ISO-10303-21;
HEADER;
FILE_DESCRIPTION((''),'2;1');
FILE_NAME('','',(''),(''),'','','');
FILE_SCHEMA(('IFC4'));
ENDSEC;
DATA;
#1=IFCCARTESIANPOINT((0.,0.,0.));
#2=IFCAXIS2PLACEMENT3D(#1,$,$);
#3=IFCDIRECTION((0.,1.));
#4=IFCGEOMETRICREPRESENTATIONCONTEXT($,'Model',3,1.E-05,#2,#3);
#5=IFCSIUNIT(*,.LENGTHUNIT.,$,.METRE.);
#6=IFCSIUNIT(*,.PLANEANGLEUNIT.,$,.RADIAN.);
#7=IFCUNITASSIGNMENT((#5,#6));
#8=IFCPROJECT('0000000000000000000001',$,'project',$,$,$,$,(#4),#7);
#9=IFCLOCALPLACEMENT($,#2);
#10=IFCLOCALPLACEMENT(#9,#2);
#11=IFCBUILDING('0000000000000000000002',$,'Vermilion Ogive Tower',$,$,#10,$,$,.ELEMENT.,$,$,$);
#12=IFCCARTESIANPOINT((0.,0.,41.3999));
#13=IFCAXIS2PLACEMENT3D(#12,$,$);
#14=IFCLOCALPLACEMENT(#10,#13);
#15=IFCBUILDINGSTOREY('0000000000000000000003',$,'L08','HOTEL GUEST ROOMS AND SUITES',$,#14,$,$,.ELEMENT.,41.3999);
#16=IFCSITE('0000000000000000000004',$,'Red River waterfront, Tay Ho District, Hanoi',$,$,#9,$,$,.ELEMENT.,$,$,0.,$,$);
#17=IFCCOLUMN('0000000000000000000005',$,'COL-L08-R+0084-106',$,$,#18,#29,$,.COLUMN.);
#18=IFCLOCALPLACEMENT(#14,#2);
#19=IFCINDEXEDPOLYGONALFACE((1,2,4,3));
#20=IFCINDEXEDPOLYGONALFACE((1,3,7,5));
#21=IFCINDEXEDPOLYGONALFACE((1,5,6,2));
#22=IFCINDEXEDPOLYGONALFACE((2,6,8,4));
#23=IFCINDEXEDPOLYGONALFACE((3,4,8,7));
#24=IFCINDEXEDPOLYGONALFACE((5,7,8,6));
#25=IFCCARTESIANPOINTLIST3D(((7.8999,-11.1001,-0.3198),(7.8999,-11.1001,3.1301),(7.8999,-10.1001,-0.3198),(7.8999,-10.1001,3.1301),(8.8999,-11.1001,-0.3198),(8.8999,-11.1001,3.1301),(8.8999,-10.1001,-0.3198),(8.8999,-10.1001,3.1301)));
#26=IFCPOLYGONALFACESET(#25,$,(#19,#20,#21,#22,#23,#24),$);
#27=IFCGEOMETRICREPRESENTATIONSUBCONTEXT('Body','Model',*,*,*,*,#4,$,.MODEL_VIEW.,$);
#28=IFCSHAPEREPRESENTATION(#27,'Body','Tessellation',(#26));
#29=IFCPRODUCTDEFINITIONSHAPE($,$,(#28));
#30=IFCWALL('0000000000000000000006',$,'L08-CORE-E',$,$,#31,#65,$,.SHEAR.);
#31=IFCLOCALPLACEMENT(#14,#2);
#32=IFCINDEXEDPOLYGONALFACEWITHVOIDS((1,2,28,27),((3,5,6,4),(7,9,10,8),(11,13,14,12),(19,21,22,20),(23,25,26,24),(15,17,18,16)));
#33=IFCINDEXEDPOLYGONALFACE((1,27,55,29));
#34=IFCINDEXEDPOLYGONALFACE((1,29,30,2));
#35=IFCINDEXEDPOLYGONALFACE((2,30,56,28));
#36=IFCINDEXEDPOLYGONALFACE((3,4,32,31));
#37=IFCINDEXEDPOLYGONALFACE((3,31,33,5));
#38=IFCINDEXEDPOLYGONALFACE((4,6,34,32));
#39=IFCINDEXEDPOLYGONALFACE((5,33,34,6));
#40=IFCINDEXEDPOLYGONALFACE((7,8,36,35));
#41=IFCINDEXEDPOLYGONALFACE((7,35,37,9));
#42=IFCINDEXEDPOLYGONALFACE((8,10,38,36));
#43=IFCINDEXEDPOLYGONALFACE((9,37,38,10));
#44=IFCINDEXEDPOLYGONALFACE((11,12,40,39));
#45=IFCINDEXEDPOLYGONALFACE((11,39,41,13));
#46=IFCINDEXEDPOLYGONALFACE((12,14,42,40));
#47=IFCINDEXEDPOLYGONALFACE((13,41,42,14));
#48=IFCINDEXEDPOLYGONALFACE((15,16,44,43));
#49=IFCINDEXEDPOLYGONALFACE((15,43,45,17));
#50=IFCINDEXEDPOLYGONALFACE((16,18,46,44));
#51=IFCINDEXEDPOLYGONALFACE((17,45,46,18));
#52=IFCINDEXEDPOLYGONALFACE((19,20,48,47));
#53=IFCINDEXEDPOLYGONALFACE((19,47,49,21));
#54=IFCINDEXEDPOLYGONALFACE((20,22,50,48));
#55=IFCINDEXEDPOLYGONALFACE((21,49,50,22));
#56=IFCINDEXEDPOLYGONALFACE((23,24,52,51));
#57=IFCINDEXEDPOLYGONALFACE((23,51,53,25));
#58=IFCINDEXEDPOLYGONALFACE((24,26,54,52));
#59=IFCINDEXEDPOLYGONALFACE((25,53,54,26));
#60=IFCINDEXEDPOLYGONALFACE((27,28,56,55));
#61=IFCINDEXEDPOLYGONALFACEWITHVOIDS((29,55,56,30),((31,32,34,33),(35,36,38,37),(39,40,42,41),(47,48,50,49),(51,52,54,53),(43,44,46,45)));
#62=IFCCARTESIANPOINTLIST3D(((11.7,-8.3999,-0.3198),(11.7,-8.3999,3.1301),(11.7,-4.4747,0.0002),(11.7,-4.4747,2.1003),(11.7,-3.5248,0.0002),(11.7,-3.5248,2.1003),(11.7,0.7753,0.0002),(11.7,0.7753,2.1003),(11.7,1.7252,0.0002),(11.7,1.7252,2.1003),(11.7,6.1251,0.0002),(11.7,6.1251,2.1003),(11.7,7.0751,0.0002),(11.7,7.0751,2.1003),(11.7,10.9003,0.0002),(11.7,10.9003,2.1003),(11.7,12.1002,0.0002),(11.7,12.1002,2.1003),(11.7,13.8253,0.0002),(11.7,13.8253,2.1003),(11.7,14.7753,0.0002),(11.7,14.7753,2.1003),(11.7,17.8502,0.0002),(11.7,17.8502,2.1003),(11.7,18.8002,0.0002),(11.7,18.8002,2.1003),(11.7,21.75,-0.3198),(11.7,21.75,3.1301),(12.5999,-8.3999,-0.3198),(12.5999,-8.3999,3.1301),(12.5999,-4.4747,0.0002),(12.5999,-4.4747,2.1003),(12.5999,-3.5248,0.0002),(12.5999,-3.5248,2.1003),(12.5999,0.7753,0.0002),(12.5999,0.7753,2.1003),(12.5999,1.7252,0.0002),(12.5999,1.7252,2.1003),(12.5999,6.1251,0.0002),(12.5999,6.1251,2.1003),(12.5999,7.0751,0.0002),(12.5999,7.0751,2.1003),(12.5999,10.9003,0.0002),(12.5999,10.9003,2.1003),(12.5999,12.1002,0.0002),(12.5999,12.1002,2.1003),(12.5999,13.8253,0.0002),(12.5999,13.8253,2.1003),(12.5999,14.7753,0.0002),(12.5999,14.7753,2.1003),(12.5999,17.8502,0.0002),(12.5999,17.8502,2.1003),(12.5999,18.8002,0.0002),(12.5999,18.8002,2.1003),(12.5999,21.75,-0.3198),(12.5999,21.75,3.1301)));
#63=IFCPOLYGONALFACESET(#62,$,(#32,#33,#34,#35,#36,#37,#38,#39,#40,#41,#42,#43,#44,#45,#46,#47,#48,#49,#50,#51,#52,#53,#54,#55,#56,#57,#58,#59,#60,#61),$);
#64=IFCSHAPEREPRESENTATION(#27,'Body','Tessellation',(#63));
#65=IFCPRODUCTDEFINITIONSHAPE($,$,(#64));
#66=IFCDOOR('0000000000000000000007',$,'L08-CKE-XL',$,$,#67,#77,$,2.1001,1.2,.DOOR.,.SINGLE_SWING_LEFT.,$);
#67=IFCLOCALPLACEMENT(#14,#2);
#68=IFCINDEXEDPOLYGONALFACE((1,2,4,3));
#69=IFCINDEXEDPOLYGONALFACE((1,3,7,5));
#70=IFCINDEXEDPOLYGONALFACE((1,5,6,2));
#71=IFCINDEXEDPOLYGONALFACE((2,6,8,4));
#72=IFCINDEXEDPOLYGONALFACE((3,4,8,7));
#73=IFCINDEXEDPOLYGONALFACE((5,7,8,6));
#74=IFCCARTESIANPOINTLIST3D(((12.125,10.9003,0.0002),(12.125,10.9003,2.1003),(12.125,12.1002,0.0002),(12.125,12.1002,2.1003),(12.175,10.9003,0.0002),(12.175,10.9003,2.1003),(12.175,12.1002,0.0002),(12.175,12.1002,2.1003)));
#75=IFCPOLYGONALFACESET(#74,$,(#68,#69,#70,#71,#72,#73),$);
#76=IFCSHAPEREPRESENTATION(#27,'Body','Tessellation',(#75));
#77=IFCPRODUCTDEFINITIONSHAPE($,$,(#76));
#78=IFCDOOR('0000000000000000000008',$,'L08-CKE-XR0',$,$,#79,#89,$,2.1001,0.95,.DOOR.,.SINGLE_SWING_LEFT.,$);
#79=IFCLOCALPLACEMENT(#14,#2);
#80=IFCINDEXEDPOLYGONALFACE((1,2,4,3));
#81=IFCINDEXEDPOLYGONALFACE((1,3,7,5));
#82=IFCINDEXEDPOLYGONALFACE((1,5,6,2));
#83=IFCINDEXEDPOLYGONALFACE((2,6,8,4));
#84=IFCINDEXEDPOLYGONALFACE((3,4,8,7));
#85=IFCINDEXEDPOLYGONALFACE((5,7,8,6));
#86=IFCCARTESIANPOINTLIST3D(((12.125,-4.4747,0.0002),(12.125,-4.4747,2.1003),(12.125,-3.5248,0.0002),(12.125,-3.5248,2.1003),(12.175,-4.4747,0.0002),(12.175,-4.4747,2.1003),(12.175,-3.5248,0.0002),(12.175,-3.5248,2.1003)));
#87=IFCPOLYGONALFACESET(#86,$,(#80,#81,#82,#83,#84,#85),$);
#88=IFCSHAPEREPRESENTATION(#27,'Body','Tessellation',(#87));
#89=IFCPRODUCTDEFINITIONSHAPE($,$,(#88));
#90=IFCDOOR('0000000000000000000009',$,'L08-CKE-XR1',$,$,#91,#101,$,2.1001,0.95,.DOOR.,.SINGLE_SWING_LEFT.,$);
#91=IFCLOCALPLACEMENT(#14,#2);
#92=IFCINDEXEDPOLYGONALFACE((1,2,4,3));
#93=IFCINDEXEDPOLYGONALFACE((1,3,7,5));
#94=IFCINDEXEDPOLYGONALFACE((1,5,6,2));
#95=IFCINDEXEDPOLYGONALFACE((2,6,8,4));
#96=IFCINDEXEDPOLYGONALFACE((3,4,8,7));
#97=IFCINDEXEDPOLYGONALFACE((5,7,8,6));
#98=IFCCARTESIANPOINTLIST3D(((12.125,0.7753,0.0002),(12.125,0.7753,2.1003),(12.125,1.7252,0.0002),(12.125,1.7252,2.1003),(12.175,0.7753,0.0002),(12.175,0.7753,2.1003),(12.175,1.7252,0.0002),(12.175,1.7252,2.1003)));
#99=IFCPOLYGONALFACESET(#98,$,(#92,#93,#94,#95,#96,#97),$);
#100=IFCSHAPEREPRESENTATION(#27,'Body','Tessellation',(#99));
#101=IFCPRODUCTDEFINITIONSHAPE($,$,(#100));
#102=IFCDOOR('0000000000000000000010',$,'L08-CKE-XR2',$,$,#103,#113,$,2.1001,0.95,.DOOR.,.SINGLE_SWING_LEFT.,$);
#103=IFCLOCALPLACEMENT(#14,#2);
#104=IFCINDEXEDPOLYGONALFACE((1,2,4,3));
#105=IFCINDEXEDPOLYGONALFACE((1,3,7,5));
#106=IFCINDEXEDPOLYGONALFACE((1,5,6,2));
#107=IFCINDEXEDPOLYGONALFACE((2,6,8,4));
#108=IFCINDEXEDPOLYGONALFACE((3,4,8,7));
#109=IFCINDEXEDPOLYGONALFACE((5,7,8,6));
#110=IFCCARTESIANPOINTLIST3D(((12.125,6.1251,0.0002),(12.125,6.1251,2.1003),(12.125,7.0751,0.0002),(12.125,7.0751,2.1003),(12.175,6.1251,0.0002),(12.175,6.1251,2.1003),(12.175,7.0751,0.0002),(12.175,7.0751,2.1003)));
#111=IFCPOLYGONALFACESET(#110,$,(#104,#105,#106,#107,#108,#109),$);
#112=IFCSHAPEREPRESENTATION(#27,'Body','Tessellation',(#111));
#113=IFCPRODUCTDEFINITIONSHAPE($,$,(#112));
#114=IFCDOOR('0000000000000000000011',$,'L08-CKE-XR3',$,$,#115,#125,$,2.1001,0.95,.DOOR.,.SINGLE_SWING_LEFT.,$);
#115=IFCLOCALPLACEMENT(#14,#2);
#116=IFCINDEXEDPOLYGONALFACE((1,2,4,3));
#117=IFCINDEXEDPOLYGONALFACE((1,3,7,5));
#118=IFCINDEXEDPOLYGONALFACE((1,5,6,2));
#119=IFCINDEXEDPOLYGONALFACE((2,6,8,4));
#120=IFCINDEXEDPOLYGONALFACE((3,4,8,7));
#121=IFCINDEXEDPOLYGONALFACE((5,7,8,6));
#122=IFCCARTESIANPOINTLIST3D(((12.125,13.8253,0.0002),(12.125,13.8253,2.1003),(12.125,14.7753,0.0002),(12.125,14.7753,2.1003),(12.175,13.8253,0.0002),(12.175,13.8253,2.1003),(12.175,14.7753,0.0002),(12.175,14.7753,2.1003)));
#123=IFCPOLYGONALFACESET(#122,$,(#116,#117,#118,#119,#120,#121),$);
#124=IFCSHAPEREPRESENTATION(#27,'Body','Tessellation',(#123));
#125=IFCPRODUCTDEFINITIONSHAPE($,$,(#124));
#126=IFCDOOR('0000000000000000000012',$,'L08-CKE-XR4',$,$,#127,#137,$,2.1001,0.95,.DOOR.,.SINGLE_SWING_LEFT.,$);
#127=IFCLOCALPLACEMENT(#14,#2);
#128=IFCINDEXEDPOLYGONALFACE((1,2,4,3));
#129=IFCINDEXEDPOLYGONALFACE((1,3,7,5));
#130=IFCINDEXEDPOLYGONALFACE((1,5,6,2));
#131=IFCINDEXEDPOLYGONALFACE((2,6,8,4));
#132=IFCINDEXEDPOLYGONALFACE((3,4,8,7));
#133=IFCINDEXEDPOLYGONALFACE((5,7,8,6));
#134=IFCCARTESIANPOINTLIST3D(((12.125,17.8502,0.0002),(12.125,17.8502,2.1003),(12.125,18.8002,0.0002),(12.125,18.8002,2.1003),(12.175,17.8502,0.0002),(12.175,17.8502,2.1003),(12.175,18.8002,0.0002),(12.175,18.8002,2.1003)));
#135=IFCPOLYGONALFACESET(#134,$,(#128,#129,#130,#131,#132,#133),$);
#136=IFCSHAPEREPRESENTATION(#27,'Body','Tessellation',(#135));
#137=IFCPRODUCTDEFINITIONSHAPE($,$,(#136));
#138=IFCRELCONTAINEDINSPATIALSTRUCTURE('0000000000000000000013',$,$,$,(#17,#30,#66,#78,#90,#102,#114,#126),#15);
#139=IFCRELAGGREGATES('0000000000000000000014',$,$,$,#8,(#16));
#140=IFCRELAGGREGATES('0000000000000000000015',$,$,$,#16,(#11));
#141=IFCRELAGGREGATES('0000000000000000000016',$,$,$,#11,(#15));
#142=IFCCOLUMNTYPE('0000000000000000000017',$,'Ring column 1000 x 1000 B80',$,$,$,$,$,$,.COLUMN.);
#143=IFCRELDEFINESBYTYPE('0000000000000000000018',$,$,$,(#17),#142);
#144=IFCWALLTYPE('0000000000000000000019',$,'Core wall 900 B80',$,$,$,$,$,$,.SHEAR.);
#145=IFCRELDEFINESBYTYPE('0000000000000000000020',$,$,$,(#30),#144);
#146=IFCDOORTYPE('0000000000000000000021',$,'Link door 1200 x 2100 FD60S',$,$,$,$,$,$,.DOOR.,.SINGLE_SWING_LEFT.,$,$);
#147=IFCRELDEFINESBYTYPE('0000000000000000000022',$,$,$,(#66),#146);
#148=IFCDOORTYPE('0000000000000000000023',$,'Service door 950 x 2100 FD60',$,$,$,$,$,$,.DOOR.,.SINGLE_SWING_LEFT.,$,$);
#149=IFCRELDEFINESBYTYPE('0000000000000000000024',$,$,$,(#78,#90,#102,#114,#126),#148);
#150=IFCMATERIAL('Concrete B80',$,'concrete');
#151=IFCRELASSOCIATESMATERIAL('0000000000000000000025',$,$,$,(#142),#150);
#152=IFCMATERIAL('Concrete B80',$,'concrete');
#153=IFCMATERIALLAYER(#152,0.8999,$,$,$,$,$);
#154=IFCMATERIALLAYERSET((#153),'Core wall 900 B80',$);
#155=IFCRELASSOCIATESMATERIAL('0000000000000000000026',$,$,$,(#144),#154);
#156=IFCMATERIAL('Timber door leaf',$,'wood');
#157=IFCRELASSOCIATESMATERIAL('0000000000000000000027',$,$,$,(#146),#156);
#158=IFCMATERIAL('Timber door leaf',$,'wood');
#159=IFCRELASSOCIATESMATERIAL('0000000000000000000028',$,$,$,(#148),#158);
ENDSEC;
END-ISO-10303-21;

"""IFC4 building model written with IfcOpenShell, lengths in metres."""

from ifc_helpers import new_model, si_unit, direction, frame, frame_2d, origin, origin_2d, place, context, subcontext, project, spatial, rectangle, extrude, material, layer, layer_set, material_profile, profile_set, type_object, element, fill, save


model = new_model("IFC4")

# Units and contexts
model_context = context("Model", 3, precision=1e-05, world=origin(), true_north=direction((0.0, 1.0)))
body_context = subcontext(model_context, "Body", "Model", "MODEL_VIEW")
ifc_project = project(units=[si_unit("LENGTHUNIT", "METRE"), si_unit("PLANEANGLEUNIT", "RADIAN")], contexts=[model_context])

# Site, building, storey
site_placement = place(None, origin())
site = spatial("IfcSite", under=ifc_project, at=site_placement, Name="Red River waterfront, Tay Ho District, Hanoi", CompositionType="ELEMENT", RefElevation=0.0)
building_placement = place(site_placement, origin())
building = spatial("IfcBuilding", under=site, at=building_placement, Name="Vermilion Ogive Tower", CompositionType="ELEMENT")
storey_placement = place(building_placement, frame((0.0, 0.0, 41.3999)))
storey = spatial("IfcBuildingStorey", under=building, at=storey_placement, Name="L08", Description="HOTEL GUEST ROOMS AND SUITES", CompositionType="ELEMENT", Elevation=41.3999)

# Column
ifc_material_1 = material(Name="Concrete B80", Category="concrete")
ifc_material_profile = material_profile(ifc_material_1, rectangle(XDim=1.0, YDim=1.0, at=origin_2d()), Name="1000 x 1000")
ifc_profile_set = profile_set([ifc_material_profile], Name="Concrete B80")
column_type = type_object("IfcColumnType", Name="Ring column 1000 x 1000 B80", PredefinedType="COLUMN", material=ifc_profile_set)
column_placement = place(storey_placement, frame((8.3999, -10.6001, -0.3198), z_axis=(0.0, 0.0, 1.0), x_axis=(1.0, 0.0, 0.0)))
element("IfcColumn", 1, at=column_placement, inside=storey, type_object=column_type, Name="COL-L08-R+0084-106", PredefinedType="COLUMN", context=body_context, shape_type="SweptSolid", body=[
    extrude(rectangle(XDim=1.0, YDim=1.0, at=origin_2d()), origin(), (0.0, 0.0, 1.0), 3.45),
])

# Wall, openings, doors
ifc_material_2 = material(Name="Concrete B80", Category="concrete")
ifc_layer_1 = layer(ifc_material_2, 0.8999)
ifc_layer_set_1 = layer_set([ifc_layer_1], Name="Core wall 900 B80")
wall_type_1 = type_object("IfcWallType", Name="Core wall 900 B80", PredefinedType="SHEAR", material=ifc_layer_set_1)
wall_1_placement = place(storey_placement, frame((12.1499, -8.3999, -0.3198), z_axis=(0.0, 0.0, 1.0), x_axis=(0.0, 1.0, 0.0)))
wall_1 = element("IfcWall", 2, at=wall_1_placement, inside=storey, type_object=wall_type_1, Name="L08-CORE-E", PredefinedType="SHEAR", context=body_context, shape_type="SweptSolid", body=[
    extrude(rectangle(XDim=30.1499, YDim=0.8999, at=frame_2d((15.075, 0.0))), origin(), (0.0, 0.0, 1.0), 3.45),
])
opening_1_placement = place(wall_1_placement, frame((3.925, 0.0, 0.3201)))
opening_1 = element("IfcOpeningElement", 3, at=opening_1_placement, cuts=wall_1, PredefinedType="OPENING", context=body_context, shape_type="SweptSolid", body=[
    extrude(rectangle(XDim=0.95, YDim=2.1001, at=frame_2d((0.4751, 1.05))), frame((0.0, 0.46, 0.0), z_axis=(0.0, -1.0, 0.0), x_axis=(1.0, 0.0, 0.0)), (0.0, 0.0, 1.0), 0.9199),
])
opening_2_placement = place(wall_1_placement, frame((9.175, 0.0, 0.3201)))
opening_2 = element("IfcOpeningElement", 4, at=opening_2_placement, cuts=wall_1, PredefinedType="OPENING", context=body_context, shape_type="SweptSolid", body=[
    extrude(rectangle(XDim=0.95, YDim=2.1001, at=frame_2d((0.4751, 1.05))), frame((0.0, 0.46, 0.0), z_axis=(0.0, -1.0, 0.0), x_axis=(1.0, 0.0, 0.0)), (0.0, 0.0, 1.0), 0.9199),
])
opening_3_placement = place(wall_1_placement, frame((14.5249, 0.0, 0.3201)))
opening_3 = element("IfcOpeningElement", 5, at=opening_3_placement, cuts=wall_1, PredefinedType="OPENING", context=body_context, shape_type="SweptSolid", body=[
    extrude(rectangle(XDim=0.95, YDim=2.1001, at=frame_2d((0.4751, 1.05))), frame((0.0, 0.46, 0.0), z_axis=(0.0, -1.0, 0.0), x_axis=(1.0, 0.0, 0.0)), (0.0, 0.0, 1.0), 0.9199),
])
opening_4_placement = place(wall_1_placement, frame((22.2251, 0.0, 0.3201)))
opening_4 = element("IfcOpeningElement", 6, at=opening_4_placement, cuts=wall_1, PredefinedType="OPENING", context=body_context, shape_type="SweptSolid", body=[
    extrude(rectangle(XDim=0.95, YDim=2.1001, at=frame_2d((0.4751, 1.05))), frame((0.0, 0.46, 0.0), z_axis=(0.0, -1.0, 0.0), x_axis=(1.0, 0.0, 0.0)), (0.0, 0.0, 1.0), 0.9199),
])
opening_5_placement = place(wall_1_placement, frame((26.25, 0.0, 0.3201)))
opening_5 = element("IfcOpeningElement", 7, at=opening_5_placement, cuts=wall_1, PredefinedType="OPENING", context=body_context, shape_type="SweptSolid", body=[
    extrude(rectangle(XDim=0.95, YDim=2.1001, at=frame_2d((0.4751, 1.05))), frame((0.0, 0.46, 0.0), z_axis=(0.0, -1.0, 0.0), x_axis=(1.0, 0.0, 0.0)), (0.0, 0.0, 1.0), 0.9199),
])
opening_6_placement = place(wall_1_placement, frame((19.3, 0.0, 0.3201)))
opening_6 = element("IfcOpeningElement", 8, at=opening_6_placement, cuts=wall_1, PredefinedType="OPENING", context=body_context, shape_type="SweptSolid", body=[
    extrude(rectangle(XDim=1.2, YDim=2.1001, at=frame_2d((0.6001, 1.05))), frame((0.0, 0.46, 0.0), z_axis=(0.0, -1.0, 0.0), x_axis=(1.0, 0.0, 0.0)), (0.0, 0.0, 1.0), 0.9199),
])
ifc_material_3 = material(Name="Timber door leaf", Category="wood")
door_type_1 = type_object("IfcDoorType", Name="Link door 1200 x 2100 FD60S", OperationType="SINGLE_SWING_LEFT", PredefinedType="DOOR", material=ifc_material_3)
door_1_placement = place(opening_6_placement, origin())
door_1 = element("IfcDoor", 9, at=door_1_placement, inside=storey, type_object=door_type_1, Name="L08-CKE-XL", OperationType="SINGLE_SWING_LEFT", OverallHeight=2.1001, OverallWidth=1.2, PredefinedType="DOOR", context=body_context, shape_type="SweptSolid", body=[
    extrude(rectangle(XDim=1.2, YDim=2.1001, at=frame_2d((0.6001, 1.05))), frame((0.0, 0.0249, 0.0), z_axis=(0.0, -1.0, 0.0), x_axis=(1.0, 0.0, 0.0)), (0.0, 0.0, 1.0), 0.05),
])
fill(opening_6, door_1)
ifc_material_4 = material(Name="Timber door leaf", Category="wood")
door_type_2 = type_object("IfcDoorType", Name="Service door 950 x 2100 FD60", OperationType="SINGLE_SWING_LEFT", PredefinedType="DOOR", material=ifc_material_4)
door_2_placement = place(opening_1_placement, origin())
door_2 = element("IfcDoor", 10, at=door_2_placement, inside=storey, type_object=door_type_2, Name="L08-CKE-XR0", OperationType="SINGLE_SWING_LEFT", OverallHeight=2.1001, OverallWidth=0.95, PredefinedType="DOOR", context=body_context, shape_type="SweptSolid", body=[
    extrude(rectangle(XDim=0.95, YDim=2.1001, at=frame_2d((0.4751, 1.05))), frame((0.0, 0.0249, 0.0), z_axis=(0.0, -1.0, 0.0), x_axis=(1.0, 0.0, 0.0)), (0.0, 0.0, 1.0), 0.05),
])
fill(opening_1, door_2)
door_3_placement = place(opening_2_placement, origin())
door_3 = element("IfcDoor", 11, at=door_3_placement, inside=storey, type_object=door_type_2, Name="L08-CKE-XR1", OperationType="SINGLE_SWING_LEFT", OverallHeight=2.1001, OverallWidth=0.95, PredefinedType="DOOR", context=body_context, shape_type="SweptSolid", body=[
    extrude(rectangle(XDim=0.95, YDim=2.1001, at=frame_2d((0.4751, 1.05))), frame((0.0, 0.0249, 0.0), z_axis=(0.0, -1.0, 0.0), x_axis=(1.0, 0.0, 0.0)), (0.0, 0.0, 1.0), 0.05),
])
fill(opening_2, door_3)
door_4_placement = place(opening_3_placement, origin())
door_4 = element("IfcDoor", 12, at=door_4_placement, inside=storey, type_object=door_type_2, Name="L08-CKE-XR2", OperationType="SINGLE_SWING_LEFT", OverallHeight=2.1001, OverallWidth=0.95, PredefinedType="DOOR", context=body_context, shape_type="SweptSolid", body=[
    extrude(rectangle(XDim=0.95, YDim=2.1001, at=frame_2d((0.4751, 1.05))), frame((0.0, 0.0249, 0.0), z_axis=(0.0, -1.0, 0.0), x_axis=(1.0, 0.0, 0.0)), (0.0, 0.0, 1.0), 0.05),
])
fill(opening_3, door_4)
door_5_placement = place(opening_4_placement, origin())
door_5 = element("IfcDoor", 13, at=door_5_placement, inside=storey, type_object=door_type_2, Name="L08-CKE-XR3", OperationType="SINGLE_SWING_LEFT", OverallHeight=2.1001, OverallWidth=0.95, PredefinedType="DOOR", context=body_context, shape_type="SweptSolid", body=[
    extrude(rectangle(XDim=0.95, YDim=2.1001, at=frame_2d((0.4751, 1.05))), frame((0.0, 0.0249, 0.0), z_axis=(0.0, -1.0, 0.0), x_axis=(1.0, 0.0, 0.0)), (0.0, 0.0, 1.0), 0.05),
])
fill(opening_4, door_5)
door_6_placement = place(opening_5_placement, origin())
door_6 = element("IfcDoor", 14, at=door_6_placement, inside=storey, type_object=door_type_2, Name="L08-CKE-XR4", OperationType="SINGLE_SWING_LEFT", OverallHeight=2.1001, OverallWidth=0.95, PredefinedType="DOOR", context=body_context, shape_type="SweptSolid", body=[
    extrude(rectangle(XDim=0.95, YDim=2.1001, at=frame_2d((0.4751, 1.05))), frame((0.0, 0.0249, 0.0), z_axis=(0.0, -1.0, 0.0), x_axis=(1.0, 0.0, 0.0)), (0.0, 0.0, 1.0), 0.05),
])
fill(opening_5, door_6)

save(model, "model.ifc")
